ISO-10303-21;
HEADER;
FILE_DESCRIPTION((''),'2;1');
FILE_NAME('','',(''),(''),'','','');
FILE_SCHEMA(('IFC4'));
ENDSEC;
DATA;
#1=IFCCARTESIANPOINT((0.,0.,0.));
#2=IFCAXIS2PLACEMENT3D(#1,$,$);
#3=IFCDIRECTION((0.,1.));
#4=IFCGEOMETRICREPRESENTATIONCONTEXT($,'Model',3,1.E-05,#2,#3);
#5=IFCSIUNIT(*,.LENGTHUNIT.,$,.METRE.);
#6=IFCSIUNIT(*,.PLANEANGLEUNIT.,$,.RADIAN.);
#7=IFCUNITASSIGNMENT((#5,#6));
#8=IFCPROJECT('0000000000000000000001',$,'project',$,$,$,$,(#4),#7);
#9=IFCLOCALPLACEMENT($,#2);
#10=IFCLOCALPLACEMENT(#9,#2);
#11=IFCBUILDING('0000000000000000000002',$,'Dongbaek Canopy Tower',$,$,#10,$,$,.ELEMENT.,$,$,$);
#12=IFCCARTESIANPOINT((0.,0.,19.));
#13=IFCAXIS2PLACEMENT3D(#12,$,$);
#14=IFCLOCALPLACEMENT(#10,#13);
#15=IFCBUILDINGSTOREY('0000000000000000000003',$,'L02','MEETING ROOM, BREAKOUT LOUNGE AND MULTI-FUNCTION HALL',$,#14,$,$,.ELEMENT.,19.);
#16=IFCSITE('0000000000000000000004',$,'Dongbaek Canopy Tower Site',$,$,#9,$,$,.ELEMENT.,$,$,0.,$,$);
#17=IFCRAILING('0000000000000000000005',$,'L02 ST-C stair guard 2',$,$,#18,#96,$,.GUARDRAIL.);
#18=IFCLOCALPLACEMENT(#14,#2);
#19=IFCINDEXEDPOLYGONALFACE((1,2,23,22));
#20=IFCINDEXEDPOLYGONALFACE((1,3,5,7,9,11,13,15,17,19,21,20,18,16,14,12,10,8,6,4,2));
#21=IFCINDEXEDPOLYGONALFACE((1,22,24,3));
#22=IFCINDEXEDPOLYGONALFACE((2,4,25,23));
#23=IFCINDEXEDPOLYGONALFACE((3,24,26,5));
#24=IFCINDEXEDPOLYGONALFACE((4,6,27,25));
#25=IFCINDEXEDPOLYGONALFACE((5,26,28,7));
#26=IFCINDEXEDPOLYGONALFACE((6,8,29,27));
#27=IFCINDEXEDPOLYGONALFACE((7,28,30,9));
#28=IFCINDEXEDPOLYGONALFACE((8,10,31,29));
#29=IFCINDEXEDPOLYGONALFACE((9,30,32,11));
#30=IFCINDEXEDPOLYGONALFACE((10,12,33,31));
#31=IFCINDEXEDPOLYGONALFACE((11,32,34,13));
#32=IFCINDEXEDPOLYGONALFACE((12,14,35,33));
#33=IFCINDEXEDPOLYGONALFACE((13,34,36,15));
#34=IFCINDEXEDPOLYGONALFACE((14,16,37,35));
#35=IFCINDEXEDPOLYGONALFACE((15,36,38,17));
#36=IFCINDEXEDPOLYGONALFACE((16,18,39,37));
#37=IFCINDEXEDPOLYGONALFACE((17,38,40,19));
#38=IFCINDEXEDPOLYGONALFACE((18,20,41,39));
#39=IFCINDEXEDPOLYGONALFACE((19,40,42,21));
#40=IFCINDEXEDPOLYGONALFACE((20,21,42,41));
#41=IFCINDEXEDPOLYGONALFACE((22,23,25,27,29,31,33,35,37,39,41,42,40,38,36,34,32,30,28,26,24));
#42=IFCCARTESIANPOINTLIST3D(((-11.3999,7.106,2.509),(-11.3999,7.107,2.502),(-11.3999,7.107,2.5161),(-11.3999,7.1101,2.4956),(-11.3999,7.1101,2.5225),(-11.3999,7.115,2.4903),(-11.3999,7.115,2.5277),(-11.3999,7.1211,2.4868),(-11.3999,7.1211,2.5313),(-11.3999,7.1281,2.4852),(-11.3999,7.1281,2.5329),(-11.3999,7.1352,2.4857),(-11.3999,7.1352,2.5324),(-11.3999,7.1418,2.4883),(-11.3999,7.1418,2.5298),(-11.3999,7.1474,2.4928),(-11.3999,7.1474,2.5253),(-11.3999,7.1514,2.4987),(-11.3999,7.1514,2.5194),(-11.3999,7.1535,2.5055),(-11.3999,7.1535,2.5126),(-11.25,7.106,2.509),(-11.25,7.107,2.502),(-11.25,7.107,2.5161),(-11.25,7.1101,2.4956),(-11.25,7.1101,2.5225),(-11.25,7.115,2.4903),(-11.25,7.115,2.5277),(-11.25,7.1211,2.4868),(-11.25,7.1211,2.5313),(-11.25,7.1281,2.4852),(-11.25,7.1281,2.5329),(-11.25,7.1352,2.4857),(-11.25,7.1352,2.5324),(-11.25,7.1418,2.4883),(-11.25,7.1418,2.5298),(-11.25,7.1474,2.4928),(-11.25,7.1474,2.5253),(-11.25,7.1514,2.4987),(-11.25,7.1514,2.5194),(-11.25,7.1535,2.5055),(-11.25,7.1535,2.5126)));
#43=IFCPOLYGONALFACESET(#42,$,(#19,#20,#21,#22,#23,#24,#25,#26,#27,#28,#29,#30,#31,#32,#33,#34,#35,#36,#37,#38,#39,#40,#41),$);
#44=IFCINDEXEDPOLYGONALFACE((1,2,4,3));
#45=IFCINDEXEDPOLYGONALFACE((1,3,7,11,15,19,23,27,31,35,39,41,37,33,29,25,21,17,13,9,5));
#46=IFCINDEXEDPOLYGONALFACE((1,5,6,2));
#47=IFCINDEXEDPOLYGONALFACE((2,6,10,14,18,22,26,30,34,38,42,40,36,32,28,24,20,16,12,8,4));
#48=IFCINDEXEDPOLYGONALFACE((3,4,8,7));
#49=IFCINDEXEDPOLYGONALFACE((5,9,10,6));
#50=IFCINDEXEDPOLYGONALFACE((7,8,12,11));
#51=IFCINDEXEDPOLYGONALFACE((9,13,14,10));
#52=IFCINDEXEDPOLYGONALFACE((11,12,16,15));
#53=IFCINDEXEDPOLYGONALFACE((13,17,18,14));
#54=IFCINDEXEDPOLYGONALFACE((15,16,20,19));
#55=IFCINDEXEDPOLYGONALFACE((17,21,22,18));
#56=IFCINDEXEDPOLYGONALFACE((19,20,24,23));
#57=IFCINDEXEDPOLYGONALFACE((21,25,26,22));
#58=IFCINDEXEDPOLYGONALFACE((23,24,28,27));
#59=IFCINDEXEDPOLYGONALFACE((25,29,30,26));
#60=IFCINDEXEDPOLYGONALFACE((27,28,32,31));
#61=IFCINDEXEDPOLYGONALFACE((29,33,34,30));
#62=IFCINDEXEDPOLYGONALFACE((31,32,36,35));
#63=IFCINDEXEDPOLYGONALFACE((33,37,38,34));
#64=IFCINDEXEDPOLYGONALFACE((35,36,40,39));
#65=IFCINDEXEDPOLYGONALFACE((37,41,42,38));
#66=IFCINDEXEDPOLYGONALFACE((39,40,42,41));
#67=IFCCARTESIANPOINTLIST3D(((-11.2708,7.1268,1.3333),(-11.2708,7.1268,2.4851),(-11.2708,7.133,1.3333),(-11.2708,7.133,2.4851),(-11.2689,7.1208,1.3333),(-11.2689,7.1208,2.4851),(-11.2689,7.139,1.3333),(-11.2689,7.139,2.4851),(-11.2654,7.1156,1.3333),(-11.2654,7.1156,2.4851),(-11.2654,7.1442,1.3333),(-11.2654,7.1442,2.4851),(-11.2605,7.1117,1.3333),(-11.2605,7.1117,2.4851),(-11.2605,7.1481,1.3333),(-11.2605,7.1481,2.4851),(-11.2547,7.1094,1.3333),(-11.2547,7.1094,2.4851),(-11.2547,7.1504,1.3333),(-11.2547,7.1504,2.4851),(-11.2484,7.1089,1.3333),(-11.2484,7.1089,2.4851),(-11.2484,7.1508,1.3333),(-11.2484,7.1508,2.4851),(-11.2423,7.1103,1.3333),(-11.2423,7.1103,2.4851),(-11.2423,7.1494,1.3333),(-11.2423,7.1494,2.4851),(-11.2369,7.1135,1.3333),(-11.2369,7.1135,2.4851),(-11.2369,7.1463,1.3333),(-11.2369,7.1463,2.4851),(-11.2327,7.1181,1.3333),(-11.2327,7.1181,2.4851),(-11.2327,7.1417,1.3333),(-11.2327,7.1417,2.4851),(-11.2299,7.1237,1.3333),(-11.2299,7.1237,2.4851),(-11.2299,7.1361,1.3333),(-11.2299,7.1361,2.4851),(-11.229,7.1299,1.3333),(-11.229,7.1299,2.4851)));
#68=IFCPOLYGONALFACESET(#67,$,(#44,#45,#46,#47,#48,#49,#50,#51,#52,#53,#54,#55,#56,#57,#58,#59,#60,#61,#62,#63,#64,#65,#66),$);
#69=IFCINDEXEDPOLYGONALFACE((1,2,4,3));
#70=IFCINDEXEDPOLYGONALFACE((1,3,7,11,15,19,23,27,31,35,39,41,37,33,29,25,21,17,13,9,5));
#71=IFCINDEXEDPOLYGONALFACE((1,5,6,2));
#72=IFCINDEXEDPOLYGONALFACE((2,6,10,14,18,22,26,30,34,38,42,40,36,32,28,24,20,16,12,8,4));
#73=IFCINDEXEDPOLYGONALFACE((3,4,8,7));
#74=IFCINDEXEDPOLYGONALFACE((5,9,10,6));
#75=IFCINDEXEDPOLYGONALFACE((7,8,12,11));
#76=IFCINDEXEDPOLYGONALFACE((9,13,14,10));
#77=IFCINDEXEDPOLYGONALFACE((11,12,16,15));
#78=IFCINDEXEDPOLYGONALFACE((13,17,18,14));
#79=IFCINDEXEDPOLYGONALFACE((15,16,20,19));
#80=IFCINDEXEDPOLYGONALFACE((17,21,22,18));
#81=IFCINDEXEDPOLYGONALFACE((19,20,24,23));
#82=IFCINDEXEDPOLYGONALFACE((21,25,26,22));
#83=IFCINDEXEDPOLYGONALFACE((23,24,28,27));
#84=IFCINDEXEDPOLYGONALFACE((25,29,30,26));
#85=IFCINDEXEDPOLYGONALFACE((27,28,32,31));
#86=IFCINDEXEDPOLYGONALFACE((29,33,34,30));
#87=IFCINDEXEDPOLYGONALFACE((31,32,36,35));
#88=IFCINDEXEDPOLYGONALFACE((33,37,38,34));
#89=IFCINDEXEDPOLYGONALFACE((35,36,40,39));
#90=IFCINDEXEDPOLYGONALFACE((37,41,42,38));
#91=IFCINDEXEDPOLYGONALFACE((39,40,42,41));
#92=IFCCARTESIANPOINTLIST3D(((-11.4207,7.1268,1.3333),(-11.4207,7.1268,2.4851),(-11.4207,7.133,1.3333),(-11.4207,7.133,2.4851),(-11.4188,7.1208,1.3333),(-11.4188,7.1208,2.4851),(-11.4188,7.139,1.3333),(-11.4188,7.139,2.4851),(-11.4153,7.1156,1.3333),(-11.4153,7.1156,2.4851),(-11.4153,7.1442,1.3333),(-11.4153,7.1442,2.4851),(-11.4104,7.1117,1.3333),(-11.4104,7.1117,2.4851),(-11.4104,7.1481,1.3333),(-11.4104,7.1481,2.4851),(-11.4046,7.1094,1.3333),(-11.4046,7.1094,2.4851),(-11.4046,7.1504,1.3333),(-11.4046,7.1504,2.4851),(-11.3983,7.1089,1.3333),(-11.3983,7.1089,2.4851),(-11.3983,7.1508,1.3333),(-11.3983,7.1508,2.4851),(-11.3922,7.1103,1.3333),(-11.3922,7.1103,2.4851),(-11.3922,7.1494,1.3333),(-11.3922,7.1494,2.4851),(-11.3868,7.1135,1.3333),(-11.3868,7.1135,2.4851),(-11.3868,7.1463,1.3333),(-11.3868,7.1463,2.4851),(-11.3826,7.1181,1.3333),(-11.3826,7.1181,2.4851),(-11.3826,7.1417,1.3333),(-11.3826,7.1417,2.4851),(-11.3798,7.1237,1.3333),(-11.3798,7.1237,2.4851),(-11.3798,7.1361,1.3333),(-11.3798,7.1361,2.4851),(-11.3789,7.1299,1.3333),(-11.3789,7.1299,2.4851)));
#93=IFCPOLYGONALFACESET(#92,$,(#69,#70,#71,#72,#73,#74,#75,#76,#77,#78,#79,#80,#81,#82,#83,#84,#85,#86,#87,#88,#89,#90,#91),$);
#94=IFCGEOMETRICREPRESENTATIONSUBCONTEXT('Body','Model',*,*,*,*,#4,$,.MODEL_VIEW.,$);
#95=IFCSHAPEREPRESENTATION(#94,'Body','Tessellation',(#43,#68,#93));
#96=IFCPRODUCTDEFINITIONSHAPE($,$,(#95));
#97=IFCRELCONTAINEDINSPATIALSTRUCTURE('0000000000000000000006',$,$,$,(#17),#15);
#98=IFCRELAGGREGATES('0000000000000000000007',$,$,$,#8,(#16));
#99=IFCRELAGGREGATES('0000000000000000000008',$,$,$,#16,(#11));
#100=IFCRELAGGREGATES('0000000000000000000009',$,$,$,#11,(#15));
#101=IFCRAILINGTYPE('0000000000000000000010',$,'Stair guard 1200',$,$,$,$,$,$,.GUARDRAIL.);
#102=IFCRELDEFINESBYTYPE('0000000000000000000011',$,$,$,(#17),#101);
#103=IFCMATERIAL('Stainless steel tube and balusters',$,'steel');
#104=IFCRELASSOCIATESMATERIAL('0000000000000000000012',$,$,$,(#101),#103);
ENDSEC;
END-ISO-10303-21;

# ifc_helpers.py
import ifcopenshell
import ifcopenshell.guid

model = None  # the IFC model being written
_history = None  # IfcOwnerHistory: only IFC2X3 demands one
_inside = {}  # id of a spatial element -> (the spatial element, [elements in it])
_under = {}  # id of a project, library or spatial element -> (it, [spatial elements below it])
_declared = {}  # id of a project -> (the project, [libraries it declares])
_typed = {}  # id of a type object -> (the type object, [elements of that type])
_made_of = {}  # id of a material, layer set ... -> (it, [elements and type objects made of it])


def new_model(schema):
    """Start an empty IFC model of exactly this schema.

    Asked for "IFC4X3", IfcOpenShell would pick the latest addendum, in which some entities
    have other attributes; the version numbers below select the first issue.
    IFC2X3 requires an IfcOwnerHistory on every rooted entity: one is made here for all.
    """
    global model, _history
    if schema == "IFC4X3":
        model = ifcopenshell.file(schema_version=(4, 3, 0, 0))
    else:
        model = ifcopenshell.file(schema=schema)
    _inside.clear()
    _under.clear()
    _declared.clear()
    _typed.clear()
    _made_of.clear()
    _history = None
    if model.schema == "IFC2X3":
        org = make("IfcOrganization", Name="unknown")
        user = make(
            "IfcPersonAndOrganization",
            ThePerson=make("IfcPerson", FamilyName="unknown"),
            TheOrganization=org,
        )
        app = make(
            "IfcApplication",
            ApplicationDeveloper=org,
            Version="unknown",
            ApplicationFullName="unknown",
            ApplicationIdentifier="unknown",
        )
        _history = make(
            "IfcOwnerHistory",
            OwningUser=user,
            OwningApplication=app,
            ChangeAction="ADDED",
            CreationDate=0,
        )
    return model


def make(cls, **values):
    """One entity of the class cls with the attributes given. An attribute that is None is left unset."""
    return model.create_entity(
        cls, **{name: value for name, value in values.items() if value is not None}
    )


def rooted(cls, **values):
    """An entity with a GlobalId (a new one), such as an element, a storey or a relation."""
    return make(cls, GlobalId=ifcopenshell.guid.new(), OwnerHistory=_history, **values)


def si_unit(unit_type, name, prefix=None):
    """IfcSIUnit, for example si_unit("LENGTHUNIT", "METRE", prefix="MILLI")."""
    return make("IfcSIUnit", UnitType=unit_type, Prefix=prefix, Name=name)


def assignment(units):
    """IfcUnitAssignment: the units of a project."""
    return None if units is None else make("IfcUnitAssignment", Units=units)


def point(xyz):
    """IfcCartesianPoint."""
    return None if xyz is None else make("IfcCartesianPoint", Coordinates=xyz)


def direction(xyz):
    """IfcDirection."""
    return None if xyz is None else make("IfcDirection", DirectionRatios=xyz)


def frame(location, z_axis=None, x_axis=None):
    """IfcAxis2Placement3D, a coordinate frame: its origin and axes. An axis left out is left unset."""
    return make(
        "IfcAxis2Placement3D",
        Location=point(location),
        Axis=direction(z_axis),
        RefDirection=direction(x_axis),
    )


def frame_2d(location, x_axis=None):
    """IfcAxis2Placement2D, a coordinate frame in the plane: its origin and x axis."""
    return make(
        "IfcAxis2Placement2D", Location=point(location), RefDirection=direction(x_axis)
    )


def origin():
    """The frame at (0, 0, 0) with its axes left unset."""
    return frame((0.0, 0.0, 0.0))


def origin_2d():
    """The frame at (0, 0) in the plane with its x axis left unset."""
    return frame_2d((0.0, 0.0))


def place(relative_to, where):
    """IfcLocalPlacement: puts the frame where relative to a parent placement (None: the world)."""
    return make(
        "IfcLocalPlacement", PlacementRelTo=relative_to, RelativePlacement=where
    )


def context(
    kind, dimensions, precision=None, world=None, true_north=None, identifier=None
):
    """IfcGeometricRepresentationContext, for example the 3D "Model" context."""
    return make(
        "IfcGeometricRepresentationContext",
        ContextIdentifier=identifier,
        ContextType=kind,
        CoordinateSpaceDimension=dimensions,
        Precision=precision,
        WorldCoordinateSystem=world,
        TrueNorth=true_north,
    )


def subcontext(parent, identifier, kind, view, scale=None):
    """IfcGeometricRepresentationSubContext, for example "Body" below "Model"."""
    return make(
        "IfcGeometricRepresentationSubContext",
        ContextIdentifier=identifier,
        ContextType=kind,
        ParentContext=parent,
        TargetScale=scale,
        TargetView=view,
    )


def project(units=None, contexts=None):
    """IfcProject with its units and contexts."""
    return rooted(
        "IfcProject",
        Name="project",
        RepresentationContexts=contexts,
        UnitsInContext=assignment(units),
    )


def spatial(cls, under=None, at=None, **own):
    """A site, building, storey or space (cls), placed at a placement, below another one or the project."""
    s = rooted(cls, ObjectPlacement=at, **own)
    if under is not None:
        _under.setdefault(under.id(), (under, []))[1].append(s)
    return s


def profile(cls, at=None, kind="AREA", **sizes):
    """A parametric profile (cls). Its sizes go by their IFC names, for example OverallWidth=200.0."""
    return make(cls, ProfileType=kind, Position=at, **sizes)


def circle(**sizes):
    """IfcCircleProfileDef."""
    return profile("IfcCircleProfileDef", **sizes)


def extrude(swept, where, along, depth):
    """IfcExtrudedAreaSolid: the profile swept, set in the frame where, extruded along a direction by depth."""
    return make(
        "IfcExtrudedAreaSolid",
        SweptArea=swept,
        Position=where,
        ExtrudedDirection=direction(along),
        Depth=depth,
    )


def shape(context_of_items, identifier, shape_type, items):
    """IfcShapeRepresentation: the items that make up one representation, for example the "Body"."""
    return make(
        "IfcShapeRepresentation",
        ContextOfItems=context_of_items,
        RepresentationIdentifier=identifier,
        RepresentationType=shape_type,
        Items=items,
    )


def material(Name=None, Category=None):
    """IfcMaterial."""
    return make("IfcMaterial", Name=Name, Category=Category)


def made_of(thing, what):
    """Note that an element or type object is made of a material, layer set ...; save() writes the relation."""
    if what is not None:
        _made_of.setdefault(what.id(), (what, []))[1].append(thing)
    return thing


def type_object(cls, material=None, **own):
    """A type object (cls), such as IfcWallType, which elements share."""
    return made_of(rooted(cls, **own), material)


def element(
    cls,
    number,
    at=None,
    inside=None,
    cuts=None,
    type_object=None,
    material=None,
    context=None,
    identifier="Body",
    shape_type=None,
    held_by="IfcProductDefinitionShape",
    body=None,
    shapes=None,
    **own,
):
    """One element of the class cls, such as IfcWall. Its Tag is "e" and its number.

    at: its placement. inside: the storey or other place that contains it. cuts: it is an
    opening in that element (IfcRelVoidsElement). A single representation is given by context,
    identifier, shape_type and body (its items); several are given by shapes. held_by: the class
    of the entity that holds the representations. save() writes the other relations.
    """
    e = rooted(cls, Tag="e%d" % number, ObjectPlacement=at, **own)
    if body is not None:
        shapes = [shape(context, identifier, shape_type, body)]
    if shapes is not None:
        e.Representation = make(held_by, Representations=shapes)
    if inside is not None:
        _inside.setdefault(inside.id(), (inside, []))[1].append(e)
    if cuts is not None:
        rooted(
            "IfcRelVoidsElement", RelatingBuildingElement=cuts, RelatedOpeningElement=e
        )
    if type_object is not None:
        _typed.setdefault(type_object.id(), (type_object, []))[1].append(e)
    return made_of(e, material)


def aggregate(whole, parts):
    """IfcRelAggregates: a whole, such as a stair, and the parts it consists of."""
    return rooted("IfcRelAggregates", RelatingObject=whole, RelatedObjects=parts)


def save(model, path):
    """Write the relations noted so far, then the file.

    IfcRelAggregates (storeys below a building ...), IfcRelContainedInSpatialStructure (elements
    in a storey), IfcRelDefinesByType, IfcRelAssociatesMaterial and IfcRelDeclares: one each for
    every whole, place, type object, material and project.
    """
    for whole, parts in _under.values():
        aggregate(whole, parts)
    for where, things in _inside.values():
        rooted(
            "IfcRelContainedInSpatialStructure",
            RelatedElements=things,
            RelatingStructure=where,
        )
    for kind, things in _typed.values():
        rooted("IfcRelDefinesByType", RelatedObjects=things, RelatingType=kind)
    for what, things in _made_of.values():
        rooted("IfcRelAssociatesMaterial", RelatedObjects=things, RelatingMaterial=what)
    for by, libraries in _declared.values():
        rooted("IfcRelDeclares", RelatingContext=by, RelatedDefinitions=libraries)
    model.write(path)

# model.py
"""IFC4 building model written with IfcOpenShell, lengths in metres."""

from ifc_helpers import new_model, si_unit, direction, frame, origin, origin_2d, place, context, subcontext, project, spatial, circle, extrude, material, type_object, element, save


model = new_model("IFC4")

# Units and contexts
model_context = context("Model", 3, precision=1e-05, world=origin(), true_north=direction((0.0, 1.0)))
body_context = subcontext(model_context, "Body", "Model", "MODEL_VIEW")
ifc_project = project(units=[si_unit("LENGTHUNIT", "METRE"), si_unit("PLANEANGLEUNIT", "RADIAN")], contexts=[model_context])

# Site, building, storey
site_placement = place(None, origin())
site = spatial("IfcSite", under=ifc_project, at=site_placement, Name="Dongbaek Canopy Tower Site", CompositionType="ELEMENT", RefElevation=0.0)
building_placement = place(site_placement, origin())
building = spatial("IfcBuilding", under=site, at=building_placement, Name="Dongbaek Canopy Tower", CompositionType="ELEMENT")
storey_placement = place(building_placement, frame((0.0, 0.0, 19.0)))
storey = spatial("IfcBuildingStorey", under=building, at=storey_placement, Name="L02", Description="MEETING ROOM, BREAKOUT LOUNGE AND MULTI-FUNCTION HALL", CompositionType="ELEMENT", Elevation=19.0)

# Railing
ifc_material_1 = material(Name="Stainless steel tube and balusters", Category="steel")
railing_type_1 = type_object("IfcRailingType", Name="Stair guard 1200", PredefinedType="GUARDRAIL", material=ifc_material_1)
railing_1_placement = place(storey_placement, frame((-11.25, 7.1299, 1.3333)))
element("IfcRailing", 1, at=railing_1_placement, inside=storey, type_object=railing_type_1, Name="L02 ST-C stair guard 2", PredefinedType="GUARDRAIL", context=body_context, shape_type="SweptSolid", body=[
    extrude(circle(Radius=0.0239, at=origin_2d()), frame((0.0, 0.0, 1.1758), z_axis=(-1.0, 0.0, 0.0), x_axis=(0.0, -1.0, 0.0)), (0.0, 0.0, 1.0), 0.1499),
    extrude(circle(Radius=0.021, at=origin_2d()), origin(), (0.0, 0.0, 1.0), 1.1519),
    extrude(circle(Radius=0.021, at=origin_2d()), frame((-0.1499, 0.0, 0.0)), (0.0, 0.0, 1.0), 1.1519),
])

save(model, "model.ifc")
